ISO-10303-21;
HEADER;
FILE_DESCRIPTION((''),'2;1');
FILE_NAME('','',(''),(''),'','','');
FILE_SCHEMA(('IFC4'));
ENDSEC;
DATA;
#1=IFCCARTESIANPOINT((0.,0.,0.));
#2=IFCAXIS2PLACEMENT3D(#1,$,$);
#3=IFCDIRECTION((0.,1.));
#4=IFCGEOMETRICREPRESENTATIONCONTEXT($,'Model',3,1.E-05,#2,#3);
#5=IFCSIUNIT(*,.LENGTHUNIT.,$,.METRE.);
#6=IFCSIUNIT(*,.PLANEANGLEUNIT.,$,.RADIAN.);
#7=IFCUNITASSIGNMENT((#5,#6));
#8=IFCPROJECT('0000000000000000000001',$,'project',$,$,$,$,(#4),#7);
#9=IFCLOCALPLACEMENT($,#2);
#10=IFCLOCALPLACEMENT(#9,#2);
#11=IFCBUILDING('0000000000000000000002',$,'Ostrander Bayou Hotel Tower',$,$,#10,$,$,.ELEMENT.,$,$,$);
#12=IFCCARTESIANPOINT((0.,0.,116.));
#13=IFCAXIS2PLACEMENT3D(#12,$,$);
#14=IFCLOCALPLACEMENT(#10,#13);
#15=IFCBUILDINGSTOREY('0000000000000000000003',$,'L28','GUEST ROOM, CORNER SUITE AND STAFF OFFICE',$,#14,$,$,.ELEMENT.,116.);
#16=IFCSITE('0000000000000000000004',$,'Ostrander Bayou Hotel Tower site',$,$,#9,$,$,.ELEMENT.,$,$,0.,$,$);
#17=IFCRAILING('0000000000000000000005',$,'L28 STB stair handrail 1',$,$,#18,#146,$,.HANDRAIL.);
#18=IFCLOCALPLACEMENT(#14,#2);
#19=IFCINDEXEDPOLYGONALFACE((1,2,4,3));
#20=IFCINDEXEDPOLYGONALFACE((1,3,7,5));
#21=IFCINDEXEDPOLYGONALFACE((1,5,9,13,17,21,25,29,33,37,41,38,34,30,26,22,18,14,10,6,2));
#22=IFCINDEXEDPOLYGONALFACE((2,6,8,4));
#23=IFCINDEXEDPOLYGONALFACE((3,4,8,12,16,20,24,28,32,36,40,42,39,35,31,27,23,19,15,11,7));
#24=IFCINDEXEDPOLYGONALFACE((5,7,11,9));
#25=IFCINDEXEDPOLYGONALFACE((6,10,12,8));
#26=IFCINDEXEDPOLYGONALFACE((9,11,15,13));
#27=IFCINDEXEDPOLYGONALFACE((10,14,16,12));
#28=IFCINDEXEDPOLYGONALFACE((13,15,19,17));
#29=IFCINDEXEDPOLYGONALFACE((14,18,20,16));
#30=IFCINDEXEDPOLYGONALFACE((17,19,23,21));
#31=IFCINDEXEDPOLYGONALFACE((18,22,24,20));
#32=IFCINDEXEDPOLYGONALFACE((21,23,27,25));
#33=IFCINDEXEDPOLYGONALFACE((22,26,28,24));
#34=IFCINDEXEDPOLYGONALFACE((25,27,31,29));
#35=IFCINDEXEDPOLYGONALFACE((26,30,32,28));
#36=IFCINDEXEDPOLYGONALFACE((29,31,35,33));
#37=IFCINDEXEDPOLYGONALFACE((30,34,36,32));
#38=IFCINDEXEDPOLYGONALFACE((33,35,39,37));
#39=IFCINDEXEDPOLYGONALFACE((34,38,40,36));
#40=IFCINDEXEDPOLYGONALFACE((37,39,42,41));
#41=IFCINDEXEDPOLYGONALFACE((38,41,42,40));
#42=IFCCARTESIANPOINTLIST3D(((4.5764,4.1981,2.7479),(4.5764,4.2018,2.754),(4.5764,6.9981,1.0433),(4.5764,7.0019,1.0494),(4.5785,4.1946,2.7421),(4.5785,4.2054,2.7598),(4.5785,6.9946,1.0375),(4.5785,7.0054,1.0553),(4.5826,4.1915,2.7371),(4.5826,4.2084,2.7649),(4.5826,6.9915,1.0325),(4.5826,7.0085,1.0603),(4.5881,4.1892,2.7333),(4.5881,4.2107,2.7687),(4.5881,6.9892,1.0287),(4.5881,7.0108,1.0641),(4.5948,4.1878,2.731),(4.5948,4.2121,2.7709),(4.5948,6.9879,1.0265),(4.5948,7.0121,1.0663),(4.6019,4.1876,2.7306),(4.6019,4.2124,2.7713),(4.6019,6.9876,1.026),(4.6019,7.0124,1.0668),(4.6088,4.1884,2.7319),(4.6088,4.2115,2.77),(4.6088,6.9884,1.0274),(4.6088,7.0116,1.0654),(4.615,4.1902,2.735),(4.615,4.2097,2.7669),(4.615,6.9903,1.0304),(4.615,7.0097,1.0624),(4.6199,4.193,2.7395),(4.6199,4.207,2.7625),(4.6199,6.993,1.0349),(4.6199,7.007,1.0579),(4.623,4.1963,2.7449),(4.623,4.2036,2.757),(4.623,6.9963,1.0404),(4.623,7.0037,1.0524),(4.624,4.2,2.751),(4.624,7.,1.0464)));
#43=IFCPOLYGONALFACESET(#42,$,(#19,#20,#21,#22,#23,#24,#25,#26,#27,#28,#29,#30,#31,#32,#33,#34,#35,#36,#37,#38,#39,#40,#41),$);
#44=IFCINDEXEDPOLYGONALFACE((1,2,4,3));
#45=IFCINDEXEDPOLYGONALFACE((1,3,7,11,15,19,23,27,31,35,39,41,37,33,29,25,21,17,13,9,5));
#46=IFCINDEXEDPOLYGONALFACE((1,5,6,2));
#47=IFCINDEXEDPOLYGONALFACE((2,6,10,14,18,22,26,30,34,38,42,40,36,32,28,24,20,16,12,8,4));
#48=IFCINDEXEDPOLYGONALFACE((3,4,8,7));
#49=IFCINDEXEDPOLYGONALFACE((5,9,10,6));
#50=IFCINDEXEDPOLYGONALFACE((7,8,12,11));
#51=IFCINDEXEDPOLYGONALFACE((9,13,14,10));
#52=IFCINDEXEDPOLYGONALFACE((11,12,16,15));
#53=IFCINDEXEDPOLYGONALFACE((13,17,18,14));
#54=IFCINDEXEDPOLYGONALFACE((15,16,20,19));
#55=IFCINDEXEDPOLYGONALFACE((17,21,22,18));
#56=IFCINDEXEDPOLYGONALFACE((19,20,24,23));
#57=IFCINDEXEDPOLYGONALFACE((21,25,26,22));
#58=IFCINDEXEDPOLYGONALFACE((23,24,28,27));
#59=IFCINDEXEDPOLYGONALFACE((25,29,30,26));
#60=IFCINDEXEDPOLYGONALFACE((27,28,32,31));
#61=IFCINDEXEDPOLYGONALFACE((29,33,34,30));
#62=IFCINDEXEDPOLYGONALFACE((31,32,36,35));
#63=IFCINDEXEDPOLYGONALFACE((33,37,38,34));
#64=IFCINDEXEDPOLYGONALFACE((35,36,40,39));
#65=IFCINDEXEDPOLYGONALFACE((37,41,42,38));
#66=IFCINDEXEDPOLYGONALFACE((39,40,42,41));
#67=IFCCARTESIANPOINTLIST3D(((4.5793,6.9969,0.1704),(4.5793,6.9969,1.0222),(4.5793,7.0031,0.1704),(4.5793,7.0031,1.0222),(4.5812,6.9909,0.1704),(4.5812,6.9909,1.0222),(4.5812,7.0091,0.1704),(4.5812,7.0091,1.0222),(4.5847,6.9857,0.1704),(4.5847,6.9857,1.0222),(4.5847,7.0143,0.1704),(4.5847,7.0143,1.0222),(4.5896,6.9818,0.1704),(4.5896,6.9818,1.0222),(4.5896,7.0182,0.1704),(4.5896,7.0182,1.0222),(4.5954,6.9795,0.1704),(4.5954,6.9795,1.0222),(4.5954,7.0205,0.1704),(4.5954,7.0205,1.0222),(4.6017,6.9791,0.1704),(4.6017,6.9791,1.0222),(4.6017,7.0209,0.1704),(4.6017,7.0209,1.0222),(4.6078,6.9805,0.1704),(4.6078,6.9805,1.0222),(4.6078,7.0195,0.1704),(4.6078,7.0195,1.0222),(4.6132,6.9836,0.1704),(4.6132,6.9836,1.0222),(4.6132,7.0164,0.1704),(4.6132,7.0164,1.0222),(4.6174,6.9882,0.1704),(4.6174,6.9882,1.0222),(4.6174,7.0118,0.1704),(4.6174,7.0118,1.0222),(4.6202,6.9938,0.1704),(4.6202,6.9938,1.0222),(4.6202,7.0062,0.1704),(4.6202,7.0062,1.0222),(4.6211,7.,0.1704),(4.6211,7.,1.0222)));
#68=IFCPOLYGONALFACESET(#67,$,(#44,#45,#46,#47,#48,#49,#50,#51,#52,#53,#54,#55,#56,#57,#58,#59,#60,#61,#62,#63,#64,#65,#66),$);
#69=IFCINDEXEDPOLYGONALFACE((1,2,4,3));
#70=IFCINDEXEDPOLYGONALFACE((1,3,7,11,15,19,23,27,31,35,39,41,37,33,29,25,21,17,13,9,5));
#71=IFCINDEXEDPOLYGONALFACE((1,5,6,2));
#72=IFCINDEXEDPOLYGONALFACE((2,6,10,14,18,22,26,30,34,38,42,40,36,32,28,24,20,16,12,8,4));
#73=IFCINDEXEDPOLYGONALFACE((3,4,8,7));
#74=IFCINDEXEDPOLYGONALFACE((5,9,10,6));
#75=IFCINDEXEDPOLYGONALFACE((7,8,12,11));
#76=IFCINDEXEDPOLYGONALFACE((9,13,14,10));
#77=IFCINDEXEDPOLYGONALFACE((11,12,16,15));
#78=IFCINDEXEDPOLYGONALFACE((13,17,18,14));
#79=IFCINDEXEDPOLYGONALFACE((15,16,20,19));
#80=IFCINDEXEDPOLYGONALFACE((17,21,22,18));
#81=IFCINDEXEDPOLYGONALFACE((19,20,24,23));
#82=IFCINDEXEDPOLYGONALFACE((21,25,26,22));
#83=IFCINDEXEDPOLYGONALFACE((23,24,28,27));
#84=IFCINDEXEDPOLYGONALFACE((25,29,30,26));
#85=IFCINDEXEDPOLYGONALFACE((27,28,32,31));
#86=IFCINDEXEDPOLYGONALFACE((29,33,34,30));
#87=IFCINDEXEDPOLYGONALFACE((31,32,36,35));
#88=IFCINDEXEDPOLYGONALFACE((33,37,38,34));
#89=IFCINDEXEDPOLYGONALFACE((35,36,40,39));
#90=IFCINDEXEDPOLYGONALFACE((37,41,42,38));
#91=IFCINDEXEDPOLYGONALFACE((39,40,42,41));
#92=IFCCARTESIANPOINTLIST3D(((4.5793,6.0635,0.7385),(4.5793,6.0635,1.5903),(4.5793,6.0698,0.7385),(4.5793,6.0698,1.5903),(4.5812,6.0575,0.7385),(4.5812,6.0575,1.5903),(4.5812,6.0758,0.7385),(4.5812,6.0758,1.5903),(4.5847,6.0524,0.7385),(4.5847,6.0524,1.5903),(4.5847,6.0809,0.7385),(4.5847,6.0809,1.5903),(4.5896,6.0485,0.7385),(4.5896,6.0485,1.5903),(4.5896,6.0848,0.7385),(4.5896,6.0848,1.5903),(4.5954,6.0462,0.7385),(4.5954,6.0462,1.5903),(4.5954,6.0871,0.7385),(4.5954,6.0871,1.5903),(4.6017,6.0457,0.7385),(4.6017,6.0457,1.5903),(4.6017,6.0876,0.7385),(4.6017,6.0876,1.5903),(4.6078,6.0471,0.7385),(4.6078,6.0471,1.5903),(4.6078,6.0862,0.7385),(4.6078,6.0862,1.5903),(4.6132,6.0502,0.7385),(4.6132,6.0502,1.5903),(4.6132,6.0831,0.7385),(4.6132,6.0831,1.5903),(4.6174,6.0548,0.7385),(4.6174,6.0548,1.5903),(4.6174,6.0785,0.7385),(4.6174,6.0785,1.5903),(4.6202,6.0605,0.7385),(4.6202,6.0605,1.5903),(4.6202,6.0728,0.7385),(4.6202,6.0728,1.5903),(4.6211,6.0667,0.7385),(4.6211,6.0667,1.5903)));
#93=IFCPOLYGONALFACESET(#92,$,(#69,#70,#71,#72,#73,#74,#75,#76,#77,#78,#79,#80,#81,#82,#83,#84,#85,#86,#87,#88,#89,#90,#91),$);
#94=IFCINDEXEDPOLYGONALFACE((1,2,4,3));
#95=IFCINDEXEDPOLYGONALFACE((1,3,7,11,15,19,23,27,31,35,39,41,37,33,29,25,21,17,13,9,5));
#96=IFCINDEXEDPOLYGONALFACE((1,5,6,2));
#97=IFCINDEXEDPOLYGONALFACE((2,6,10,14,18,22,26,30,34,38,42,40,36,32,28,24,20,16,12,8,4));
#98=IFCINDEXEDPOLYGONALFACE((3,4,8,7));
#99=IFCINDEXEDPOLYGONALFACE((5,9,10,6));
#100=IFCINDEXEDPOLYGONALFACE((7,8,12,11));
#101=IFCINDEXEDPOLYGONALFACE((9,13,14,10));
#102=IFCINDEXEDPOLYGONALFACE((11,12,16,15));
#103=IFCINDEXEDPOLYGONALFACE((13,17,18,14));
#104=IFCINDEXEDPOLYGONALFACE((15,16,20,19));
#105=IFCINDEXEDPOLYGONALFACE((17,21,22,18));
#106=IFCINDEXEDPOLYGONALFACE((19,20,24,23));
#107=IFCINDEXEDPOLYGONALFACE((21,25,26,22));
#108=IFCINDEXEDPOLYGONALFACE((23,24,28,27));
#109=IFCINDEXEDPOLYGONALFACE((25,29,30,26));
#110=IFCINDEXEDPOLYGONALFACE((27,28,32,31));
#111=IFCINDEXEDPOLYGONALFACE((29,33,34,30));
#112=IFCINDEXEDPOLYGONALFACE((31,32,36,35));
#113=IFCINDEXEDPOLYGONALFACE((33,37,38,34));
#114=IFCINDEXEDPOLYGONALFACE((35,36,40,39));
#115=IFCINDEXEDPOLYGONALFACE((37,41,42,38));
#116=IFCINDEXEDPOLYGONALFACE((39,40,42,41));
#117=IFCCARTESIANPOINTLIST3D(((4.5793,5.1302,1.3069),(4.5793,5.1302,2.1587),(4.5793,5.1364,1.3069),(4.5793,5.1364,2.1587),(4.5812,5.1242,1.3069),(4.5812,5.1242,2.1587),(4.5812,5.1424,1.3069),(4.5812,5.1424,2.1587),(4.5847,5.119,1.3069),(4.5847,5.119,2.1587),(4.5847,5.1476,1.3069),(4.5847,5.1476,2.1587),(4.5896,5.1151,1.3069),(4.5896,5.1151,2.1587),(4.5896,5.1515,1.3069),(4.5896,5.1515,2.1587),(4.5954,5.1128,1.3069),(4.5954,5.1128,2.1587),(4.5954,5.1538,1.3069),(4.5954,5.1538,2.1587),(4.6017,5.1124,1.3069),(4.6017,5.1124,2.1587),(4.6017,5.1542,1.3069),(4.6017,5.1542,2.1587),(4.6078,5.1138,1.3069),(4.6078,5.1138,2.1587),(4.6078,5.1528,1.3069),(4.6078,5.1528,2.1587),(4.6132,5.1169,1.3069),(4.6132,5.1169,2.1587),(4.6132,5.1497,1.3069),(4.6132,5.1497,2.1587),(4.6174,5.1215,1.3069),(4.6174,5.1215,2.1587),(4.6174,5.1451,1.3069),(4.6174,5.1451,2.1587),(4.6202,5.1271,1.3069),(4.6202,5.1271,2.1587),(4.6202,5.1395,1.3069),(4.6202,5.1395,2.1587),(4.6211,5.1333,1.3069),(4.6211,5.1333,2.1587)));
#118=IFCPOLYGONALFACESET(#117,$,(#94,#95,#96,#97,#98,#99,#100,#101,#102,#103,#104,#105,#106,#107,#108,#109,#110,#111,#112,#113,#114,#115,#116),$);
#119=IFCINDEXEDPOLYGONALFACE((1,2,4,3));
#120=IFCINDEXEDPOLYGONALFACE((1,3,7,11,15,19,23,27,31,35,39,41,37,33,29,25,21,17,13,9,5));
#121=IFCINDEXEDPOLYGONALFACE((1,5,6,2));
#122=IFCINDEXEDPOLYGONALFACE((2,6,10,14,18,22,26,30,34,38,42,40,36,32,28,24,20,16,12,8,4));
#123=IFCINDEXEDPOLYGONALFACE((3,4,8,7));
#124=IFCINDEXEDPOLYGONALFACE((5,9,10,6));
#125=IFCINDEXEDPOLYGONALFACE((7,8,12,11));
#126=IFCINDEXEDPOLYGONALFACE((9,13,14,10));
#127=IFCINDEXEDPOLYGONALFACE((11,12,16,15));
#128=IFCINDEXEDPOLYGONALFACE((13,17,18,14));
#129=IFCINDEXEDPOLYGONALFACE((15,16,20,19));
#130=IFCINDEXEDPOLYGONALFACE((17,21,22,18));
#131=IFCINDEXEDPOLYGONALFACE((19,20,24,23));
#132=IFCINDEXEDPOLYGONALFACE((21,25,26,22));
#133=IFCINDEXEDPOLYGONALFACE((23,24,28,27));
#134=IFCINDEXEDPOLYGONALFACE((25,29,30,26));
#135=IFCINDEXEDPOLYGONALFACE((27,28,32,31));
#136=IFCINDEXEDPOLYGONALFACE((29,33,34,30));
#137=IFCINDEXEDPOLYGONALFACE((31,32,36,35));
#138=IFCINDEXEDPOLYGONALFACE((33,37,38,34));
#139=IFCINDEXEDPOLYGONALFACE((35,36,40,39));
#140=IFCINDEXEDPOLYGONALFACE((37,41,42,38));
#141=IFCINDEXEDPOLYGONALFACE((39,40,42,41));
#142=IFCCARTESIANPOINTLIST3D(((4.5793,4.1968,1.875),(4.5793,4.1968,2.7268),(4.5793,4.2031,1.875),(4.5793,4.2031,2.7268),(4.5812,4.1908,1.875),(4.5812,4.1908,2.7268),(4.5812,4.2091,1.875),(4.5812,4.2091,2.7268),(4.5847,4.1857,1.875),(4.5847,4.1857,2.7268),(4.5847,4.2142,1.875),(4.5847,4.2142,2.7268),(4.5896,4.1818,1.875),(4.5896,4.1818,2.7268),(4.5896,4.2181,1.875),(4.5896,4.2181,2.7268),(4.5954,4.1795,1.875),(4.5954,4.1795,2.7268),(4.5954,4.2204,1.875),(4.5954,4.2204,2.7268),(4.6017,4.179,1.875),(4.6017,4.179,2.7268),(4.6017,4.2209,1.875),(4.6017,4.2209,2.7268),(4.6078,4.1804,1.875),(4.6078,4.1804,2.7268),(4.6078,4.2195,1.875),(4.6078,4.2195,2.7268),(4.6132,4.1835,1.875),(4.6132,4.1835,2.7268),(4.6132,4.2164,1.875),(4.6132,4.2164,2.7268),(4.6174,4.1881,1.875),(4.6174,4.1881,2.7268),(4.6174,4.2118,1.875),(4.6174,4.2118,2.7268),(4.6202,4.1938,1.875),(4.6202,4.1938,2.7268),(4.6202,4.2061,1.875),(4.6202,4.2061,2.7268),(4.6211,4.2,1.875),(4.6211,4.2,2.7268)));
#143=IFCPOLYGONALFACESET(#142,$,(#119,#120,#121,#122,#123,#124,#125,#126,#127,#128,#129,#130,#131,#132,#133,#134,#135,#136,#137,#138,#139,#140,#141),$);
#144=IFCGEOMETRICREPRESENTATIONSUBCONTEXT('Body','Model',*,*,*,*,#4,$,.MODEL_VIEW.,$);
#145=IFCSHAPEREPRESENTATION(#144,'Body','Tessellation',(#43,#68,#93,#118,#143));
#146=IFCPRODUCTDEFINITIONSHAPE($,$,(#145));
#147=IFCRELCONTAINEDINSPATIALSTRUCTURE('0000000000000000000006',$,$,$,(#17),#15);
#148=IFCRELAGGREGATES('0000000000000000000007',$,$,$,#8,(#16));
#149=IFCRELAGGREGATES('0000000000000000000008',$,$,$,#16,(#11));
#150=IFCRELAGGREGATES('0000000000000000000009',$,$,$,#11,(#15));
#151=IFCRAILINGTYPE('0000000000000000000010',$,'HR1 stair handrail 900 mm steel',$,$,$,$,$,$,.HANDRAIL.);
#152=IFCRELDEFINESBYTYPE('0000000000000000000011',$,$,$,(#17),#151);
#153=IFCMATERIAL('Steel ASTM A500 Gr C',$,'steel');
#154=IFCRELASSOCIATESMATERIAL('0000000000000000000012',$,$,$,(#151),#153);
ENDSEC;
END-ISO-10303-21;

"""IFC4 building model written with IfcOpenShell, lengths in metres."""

from ifc_helpers import new_model, si_unit, direction, frame, origin, origin_2d, place, context, subcontext, project, spatial, circle, extrude, material, type_object, element, save


model = new_model("IFC4")

# Units and contexts
model_context = context("Model", 3, precision=1e-05, world=origin(), true_north=direction((0.0, 1.0)))
body_context = subcontext(model_context, "Body", "Model", "MODEL_VIEW")
ifc_project = project(units=[si_unit("LENGTHUNIT", "METRE"), si_unit("PLANEANGLEUNIT", "RADIAN")], contexts=[model_context])

# Site, building, storey
site_placement = place(None, origin())
site = spatial("IfcSite", under=ifc_project, at=site_placement, Name="Ostrander Bayou Hotel Tower site", CompositionType="ELEMENT", RefElevation=0.0)
building_placement = place(site_placement, origin())
building = spatial("IfcBuilding", under=site, at=building_placement, Name="Ostrander Bayou Hotel Tower", CompositionType="ELEMENT")
storey_placement = place(building_placement, frame((0.0, 0.0, 116.0)))
storey = spatial("IfcBuildingStorey", under=building, at=storey_placement, Name="L28", Description="GUEST ROOM, CORNER SUITE AND STAFF OFFICE", CompositionType="ELEMENT", Elevation=116.0)

# Railing
ifc_material_1 = material(Name="Steel ASTM A500 Gr C", Category="steel")
railing_type_1 = type_object("IfcRailingType", Name="HR1 stair handrail 900 mm steel", PredefinedType="HANDRAIL", material=ifc_material_1)
railing_1_placement = place(storey_placement, frame((4.6001, 7.0, 0.1704)))
element("IfcRailing", 1, at=railing_1_placement, inside=storey, type_object=railing_type_1, Name="L28 STB stair handrail 1", PredefinedType="HANDRAIL", context=body_context, shape_type="SweptSolid", body=[
    extrude(circle(Radius=0.0239, at=origin_2d()), frame((0.0, 0.0, 0.876), z_axis=(0.0, -0.85417, 0.519994), x_axis=(1.0, 0.0, 0.0)), (0.0, 0.0, 1.0), 3.2781),
    extrude(circle(Radius=0.021, at=origin_2d()), origin(), (0.0, 0.0, 1.0), 0.8518),
    extrude(circle(Radius=0.021, at=origin_2d()), frame((0.0, -0.9333, 0.5681)), (0.0, 0.0, 1.0), 0.8518),
    extrude(circle(Radius=0.021, at=origin_2d()), frame((0.0, -1.8667, 1.1365)), (0.0, 0.0, 1.0), 0.8518),
    extrude(circle(Radius=0.021, at=origin_2d()), frame((0.0, -2.8, 1.7046)), (0.0, 0.0, 1.0), 0.8518),
])

save(model, "model.ifc")
